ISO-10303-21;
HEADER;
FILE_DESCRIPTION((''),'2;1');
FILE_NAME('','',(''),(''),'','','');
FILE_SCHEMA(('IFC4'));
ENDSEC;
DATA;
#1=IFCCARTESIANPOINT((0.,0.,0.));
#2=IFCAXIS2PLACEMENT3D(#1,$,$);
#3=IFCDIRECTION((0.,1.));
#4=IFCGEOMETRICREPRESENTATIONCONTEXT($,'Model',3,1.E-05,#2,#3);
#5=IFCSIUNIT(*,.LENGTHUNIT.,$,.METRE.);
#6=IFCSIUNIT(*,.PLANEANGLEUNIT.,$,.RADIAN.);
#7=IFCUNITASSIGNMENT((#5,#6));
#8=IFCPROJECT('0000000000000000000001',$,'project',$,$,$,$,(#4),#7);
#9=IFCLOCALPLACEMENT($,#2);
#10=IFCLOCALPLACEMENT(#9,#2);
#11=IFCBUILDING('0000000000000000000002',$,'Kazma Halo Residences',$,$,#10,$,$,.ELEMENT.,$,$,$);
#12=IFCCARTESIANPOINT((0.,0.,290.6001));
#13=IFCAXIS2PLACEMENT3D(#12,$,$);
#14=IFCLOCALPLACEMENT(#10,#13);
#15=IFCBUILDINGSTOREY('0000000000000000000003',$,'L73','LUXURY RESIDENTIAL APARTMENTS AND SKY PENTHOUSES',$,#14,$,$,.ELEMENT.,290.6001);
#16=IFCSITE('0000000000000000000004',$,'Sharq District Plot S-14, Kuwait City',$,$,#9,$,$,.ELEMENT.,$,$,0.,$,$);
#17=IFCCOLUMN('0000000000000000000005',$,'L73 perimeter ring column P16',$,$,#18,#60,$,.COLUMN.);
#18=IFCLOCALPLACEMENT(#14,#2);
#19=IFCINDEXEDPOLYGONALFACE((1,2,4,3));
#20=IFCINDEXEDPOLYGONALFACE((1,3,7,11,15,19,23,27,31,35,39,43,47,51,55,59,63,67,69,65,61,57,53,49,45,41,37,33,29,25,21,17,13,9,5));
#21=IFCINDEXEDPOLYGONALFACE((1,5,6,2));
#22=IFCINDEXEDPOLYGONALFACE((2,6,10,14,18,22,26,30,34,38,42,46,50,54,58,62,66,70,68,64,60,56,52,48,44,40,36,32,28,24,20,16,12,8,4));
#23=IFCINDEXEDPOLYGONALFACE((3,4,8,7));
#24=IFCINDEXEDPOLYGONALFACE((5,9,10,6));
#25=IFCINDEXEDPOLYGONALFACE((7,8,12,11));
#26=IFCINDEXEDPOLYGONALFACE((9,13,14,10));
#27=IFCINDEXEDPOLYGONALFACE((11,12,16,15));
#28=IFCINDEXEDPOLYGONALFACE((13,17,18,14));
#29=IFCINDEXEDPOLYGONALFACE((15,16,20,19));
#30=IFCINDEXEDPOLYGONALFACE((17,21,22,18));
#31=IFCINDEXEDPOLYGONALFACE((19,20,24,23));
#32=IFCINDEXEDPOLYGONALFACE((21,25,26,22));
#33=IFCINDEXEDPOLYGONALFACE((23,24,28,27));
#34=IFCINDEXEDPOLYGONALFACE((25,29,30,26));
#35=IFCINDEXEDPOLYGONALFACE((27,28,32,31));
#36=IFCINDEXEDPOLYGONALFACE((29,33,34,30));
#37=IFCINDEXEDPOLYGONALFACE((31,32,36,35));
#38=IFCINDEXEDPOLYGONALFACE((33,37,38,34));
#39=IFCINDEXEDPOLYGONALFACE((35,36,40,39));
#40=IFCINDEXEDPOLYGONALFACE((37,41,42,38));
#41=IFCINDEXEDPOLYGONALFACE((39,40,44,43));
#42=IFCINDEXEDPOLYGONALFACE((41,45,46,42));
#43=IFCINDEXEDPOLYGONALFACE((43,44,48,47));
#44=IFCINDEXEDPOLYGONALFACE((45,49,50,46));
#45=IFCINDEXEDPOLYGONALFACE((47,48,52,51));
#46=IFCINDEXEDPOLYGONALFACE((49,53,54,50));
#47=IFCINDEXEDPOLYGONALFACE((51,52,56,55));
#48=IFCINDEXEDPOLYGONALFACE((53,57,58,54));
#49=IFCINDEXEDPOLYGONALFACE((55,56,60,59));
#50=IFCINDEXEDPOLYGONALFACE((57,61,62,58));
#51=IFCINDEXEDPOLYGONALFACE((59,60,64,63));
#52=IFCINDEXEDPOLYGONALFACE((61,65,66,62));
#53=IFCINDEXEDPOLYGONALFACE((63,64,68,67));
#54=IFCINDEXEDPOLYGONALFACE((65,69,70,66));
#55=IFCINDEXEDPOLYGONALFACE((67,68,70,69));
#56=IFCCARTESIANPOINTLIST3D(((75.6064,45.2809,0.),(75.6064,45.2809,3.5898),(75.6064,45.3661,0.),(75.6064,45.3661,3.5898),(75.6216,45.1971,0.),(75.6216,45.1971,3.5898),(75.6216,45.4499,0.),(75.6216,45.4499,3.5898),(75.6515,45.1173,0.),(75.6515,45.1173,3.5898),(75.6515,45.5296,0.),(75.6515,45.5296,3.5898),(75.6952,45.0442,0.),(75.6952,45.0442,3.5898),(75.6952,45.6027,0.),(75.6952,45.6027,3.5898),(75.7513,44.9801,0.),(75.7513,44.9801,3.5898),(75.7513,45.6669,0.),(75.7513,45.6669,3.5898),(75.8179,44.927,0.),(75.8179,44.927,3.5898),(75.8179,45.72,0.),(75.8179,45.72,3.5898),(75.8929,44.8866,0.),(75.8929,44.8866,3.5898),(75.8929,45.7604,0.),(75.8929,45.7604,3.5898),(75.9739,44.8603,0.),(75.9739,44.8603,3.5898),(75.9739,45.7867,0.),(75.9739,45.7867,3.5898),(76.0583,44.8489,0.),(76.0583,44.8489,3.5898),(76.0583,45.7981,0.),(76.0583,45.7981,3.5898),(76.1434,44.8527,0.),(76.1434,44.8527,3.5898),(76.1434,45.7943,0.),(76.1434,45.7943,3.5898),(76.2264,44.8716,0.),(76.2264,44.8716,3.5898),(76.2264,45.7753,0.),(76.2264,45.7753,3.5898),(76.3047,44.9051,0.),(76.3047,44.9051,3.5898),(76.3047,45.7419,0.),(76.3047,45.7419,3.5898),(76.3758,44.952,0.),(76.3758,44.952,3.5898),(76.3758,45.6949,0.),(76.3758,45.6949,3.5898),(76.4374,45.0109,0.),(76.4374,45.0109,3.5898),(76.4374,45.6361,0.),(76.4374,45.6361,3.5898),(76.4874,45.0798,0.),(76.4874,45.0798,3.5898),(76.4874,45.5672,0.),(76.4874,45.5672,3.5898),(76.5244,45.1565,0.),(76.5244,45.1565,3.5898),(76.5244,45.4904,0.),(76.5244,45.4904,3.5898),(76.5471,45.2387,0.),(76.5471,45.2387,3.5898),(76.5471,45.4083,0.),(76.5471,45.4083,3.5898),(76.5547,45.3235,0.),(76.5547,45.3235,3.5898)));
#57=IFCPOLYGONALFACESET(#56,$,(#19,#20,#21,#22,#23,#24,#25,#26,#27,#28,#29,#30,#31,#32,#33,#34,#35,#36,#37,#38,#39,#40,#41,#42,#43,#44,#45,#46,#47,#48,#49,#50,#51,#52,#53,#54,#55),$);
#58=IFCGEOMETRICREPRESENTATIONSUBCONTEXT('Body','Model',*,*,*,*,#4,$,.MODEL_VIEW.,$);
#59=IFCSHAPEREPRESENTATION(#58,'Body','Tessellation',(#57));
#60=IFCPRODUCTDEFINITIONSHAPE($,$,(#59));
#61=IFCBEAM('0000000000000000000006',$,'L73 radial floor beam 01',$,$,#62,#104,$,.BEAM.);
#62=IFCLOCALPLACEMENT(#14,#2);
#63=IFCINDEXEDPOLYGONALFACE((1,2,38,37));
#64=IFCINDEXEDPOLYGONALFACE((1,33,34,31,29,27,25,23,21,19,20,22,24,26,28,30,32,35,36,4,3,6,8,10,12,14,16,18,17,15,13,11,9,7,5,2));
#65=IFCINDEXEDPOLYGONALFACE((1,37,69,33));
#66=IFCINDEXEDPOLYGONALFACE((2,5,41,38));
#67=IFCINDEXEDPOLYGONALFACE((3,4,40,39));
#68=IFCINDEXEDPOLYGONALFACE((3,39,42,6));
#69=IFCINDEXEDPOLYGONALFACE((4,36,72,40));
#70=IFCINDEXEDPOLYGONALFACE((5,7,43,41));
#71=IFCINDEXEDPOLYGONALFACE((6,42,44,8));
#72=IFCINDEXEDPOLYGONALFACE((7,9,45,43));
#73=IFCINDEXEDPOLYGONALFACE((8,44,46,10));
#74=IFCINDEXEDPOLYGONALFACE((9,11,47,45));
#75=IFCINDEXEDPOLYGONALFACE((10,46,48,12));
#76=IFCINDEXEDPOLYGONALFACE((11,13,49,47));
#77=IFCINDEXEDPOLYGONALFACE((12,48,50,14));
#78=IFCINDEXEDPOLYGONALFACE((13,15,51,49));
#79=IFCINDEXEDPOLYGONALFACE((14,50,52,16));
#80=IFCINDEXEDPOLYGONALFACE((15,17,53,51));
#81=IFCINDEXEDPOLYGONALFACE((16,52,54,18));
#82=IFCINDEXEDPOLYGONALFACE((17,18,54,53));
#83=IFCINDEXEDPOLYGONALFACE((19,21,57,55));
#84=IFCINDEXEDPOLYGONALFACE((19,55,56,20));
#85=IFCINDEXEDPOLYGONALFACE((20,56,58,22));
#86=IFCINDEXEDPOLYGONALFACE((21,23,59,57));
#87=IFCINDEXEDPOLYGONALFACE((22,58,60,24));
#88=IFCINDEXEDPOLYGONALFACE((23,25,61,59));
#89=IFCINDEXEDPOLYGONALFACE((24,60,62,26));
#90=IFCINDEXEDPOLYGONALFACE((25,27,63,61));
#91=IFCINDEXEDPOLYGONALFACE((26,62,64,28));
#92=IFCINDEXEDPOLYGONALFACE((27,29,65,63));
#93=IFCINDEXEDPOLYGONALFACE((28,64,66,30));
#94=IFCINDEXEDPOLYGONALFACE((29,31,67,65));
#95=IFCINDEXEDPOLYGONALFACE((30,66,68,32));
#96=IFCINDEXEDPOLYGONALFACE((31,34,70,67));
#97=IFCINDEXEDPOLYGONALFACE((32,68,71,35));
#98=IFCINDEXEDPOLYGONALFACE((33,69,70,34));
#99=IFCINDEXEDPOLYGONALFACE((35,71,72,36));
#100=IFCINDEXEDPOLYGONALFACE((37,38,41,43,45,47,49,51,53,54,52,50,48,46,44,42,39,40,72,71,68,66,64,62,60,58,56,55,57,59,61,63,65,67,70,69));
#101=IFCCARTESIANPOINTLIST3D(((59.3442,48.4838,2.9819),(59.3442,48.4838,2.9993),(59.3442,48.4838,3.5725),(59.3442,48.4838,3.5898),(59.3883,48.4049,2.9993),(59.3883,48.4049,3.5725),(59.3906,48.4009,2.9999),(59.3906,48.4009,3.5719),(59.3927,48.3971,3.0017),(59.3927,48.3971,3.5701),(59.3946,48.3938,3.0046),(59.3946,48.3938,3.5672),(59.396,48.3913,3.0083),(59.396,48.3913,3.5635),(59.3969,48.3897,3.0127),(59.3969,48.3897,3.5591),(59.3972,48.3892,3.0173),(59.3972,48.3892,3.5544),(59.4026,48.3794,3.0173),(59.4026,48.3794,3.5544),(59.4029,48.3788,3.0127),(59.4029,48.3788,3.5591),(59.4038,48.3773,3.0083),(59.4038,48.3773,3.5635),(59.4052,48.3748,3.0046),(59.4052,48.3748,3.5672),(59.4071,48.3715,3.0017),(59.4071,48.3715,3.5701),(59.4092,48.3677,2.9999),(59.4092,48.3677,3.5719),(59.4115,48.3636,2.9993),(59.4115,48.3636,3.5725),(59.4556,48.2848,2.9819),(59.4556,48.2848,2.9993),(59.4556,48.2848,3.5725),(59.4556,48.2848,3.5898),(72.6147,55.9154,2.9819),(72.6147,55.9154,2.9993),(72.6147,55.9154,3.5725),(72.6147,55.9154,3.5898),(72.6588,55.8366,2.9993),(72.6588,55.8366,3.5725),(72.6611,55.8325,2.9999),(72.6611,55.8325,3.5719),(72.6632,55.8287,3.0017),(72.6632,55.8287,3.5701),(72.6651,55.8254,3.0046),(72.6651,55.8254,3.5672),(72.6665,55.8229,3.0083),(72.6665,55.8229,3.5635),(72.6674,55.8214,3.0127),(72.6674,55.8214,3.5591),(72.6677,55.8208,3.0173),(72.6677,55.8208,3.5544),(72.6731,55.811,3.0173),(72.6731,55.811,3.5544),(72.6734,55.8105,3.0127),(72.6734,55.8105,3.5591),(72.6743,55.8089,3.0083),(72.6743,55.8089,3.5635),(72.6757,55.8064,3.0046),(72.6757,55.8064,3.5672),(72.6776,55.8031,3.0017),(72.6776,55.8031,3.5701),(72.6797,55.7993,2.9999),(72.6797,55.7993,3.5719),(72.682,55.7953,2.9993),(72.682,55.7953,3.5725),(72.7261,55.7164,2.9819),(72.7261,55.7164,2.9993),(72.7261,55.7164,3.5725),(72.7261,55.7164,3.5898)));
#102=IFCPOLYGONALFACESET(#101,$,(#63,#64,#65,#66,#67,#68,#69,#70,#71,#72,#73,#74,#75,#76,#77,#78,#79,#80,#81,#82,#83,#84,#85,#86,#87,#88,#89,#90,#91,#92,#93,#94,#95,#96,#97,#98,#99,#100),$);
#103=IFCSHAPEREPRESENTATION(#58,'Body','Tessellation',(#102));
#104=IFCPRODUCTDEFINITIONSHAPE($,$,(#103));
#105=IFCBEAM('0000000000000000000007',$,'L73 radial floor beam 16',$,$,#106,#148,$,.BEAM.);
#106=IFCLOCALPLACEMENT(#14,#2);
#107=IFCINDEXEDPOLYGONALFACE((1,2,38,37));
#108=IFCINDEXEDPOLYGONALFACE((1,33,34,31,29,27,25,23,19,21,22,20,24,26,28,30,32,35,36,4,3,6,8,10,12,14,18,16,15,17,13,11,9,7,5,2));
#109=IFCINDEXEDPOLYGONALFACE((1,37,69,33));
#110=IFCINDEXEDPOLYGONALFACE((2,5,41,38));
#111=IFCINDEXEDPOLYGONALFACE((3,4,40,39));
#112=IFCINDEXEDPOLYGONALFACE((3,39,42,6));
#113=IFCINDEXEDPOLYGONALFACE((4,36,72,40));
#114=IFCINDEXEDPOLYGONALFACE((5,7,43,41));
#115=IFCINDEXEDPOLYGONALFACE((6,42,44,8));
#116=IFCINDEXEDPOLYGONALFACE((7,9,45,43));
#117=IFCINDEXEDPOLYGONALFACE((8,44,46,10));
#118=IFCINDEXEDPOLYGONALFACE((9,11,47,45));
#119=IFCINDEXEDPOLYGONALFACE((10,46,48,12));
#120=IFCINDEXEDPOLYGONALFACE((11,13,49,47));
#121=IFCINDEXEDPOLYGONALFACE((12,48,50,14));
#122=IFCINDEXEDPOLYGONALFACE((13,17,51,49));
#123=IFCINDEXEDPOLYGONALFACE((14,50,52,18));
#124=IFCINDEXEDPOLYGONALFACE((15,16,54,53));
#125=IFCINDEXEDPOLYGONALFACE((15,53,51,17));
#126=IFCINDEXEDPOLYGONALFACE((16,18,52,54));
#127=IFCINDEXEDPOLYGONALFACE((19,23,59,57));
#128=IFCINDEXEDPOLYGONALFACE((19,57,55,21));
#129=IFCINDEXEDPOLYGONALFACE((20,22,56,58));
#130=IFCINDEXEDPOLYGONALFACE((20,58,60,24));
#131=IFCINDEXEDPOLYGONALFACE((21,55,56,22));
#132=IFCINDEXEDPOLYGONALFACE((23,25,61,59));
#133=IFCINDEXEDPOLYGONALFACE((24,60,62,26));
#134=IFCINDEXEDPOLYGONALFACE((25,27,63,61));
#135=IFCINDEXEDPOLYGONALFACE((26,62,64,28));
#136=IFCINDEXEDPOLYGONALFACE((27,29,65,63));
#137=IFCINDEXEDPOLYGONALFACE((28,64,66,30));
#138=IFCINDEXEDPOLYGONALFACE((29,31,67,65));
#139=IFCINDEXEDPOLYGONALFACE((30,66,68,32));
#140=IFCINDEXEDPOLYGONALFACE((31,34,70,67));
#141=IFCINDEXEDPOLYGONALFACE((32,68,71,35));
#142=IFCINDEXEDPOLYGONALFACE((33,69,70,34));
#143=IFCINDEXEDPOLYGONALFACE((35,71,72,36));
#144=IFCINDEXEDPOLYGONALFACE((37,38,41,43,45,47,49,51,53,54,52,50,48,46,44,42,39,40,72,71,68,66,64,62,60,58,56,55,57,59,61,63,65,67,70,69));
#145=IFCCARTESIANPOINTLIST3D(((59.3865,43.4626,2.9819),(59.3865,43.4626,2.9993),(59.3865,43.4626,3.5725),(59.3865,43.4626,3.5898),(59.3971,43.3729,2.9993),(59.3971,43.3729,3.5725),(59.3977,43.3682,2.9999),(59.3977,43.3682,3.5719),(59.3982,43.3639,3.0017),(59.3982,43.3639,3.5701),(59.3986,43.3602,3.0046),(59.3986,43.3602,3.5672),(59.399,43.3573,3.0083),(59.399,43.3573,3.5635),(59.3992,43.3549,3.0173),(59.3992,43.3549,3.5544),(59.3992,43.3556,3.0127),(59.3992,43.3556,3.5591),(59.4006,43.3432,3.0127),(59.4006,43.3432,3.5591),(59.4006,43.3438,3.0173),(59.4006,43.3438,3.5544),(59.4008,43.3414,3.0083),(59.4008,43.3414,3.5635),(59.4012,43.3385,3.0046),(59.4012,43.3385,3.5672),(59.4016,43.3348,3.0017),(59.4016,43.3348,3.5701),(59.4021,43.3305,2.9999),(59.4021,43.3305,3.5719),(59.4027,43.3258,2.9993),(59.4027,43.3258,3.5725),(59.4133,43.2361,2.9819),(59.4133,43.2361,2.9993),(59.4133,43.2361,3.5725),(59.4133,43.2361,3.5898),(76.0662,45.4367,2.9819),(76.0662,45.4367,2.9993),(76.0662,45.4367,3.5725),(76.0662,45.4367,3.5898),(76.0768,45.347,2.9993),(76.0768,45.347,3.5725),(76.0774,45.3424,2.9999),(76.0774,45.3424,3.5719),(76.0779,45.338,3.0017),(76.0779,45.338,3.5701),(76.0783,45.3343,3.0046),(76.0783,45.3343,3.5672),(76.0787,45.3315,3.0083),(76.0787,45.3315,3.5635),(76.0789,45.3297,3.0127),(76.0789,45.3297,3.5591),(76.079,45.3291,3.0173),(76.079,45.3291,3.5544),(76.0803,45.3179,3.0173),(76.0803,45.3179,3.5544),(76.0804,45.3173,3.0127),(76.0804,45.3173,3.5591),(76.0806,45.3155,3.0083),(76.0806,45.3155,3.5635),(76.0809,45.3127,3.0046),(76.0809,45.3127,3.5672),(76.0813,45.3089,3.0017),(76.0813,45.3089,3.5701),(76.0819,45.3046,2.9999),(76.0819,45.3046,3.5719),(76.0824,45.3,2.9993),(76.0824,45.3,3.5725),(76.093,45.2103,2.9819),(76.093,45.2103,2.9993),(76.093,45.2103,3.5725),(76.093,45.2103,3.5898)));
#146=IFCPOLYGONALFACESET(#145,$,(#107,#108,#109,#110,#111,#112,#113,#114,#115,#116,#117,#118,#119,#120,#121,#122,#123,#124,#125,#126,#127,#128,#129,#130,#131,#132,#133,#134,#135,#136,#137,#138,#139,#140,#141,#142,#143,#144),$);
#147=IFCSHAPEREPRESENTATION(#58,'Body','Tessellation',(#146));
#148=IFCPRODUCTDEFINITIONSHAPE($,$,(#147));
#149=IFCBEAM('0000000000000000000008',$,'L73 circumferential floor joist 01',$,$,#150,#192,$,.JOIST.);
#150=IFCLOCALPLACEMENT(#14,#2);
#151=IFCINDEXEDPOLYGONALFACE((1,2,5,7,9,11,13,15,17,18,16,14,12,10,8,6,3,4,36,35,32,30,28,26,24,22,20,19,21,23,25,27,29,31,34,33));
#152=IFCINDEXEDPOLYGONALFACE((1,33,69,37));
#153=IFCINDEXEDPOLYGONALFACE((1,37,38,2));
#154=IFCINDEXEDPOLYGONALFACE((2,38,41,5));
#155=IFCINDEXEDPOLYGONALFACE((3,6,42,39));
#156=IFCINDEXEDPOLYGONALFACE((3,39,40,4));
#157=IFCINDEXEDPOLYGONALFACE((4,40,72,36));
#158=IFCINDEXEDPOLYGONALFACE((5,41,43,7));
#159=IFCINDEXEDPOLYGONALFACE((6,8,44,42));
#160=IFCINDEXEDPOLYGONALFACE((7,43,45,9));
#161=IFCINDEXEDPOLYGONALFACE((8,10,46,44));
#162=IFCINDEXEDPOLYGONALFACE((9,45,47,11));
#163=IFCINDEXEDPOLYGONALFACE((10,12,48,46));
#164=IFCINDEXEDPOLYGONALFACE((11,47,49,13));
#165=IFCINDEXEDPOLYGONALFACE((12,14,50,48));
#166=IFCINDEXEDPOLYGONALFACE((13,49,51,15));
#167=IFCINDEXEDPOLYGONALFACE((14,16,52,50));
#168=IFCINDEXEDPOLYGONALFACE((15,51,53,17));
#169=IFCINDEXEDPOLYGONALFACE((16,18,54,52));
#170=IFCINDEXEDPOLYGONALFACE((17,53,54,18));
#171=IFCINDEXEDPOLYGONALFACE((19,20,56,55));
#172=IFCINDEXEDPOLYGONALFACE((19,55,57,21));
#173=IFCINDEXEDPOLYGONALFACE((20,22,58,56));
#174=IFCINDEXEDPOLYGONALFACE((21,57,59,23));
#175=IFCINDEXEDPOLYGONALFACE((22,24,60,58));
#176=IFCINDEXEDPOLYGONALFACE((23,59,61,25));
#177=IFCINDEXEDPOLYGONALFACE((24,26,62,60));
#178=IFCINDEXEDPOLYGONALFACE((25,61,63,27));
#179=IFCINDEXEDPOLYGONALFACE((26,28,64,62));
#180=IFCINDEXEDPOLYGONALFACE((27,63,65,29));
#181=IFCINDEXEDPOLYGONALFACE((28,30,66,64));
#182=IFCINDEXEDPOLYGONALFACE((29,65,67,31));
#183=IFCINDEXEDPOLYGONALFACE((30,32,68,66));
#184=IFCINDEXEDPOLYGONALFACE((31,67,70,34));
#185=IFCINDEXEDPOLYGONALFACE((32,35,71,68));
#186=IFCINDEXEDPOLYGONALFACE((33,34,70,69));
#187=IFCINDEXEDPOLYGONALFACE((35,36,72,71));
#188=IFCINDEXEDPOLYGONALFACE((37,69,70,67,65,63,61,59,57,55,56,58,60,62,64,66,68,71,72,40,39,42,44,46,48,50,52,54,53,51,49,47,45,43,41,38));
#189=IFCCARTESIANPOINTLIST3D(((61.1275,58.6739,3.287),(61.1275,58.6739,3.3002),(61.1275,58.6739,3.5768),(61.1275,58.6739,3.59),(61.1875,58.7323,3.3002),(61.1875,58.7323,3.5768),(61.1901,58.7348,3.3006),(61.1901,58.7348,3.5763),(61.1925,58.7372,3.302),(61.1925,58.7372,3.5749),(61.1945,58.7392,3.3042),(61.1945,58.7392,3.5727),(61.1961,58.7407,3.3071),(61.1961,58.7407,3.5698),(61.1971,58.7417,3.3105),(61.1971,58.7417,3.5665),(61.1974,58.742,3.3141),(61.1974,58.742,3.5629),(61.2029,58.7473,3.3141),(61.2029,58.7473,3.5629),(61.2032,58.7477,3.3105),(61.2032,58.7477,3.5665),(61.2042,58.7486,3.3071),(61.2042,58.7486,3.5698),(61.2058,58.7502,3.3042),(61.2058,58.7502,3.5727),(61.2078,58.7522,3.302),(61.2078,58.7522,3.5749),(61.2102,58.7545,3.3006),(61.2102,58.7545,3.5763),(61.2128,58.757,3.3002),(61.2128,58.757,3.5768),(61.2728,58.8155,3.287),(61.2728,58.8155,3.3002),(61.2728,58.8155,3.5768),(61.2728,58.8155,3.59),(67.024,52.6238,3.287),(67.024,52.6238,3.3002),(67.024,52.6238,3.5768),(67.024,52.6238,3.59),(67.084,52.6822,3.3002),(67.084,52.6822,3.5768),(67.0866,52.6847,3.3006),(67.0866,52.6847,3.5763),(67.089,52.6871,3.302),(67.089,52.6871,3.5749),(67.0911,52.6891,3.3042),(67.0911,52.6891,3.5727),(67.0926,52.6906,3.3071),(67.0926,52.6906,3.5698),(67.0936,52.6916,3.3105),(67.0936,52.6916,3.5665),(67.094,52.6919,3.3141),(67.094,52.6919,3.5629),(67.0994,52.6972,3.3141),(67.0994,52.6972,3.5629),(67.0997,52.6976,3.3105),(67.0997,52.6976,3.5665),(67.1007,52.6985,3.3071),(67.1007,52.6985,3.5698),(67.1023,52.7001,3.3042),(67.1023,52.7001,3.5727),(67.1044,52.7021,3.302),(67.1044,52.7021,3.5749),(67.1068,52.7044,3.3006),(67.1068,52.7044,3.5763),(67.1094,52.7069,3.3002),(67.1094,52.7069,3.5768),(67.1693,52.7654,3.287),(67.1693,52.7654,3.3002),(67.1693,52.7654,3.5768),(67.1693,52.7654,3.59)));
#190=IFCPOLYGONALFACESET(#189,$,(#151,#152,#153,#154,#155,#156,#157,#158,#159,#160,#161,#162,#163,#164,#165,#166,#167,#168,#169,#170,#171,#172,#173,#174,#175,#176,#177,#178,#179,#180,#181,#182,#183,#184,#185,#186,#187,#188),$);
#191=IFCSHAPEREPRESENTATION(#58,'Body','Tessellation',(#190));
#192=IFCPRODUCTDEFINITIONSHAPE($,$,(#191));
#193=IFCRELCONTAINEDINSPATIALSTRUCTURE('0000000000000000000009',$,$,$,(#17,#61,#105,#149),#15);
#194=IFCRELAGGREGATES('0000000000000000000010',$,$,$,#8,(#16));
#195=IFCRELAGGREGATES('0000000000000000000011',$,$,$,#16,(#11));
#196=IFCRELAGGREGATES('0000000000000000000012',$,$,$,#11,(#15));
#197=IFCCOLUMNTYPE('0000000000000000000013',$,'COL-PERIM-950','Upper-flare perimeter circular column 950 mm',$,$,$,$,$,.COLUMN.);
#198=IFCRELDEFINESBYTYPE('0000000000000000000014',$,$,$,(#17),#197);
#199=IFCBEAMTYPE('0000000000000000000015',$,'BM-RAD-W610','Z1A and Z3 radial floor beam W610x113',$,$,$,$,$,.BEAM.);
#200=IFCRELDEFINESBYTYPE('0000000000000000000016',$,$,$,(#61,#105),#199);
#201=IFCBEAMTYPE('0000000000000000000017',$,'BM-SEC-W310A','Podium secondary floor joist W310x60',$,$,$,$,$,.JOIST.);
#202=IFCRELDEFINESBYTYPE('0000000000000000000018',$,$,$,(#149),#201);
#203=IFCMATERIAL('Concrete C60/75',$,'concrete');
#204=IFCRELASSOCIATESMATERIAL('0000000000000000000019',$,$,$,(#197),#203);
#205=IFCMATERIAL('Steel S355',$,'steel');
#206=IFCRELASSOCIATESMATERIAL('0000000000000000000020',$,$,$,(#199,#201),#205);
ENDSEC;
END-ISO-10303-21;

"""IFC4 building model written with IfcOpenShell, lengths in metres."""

from ifc_helpers import new_model, si_unit, direction, frame, origin, origin_2d, place, context, subcontext, project, spatial, circle, i_section, extrude, material, material_profile, profile_set, type_object, element, save


model = new_model("IFC4")

# Units and contexts
model_context = context("Model", 3, precision=1e-05, world=origin(), true_north=direction((0.0, 1.0)))
body_context = subcontext(model_context, "Body", "Model", "MODEL_VIEW")
ifc_project = project(units=[si_unit("LENGTHUNIT", "METRE"), si_unit("PLANEANGLEUNIT", "RADIAN")], contexts=[model_context])

# Site, building, storey
site_placement = place(None, origin())
site = spatial("IfcSite", under=ifc_project, at=site_placement, Name="Sharq District Plot S-14, Kuwait City", CompositionType="ELEMENT", RefElevation=0.0)
building_placement = place(site_placement, origin())
building = spatial("IfcBuilding", under=site, at=building_placement, Name="Kazma Halo Residences", CompositionType="ELEMENT")
storey_placement = place(building_placement, frame((0.0, 0.0, 290.6001)))
storey = spatial("IfcBuildingStorey", under=building, at=storey_placement, Name="L73", Description="LUXURY RESIDENTIAL APARTMENTS AND SKY PENTHOUSES", CompositionType="ELEMENT", Elevation=290.6001)

# Column
ifc_material_1 = material(Name="Concrete C60/75", Category="concrete")
ifc_material_profile_1 = material_profile(ifc_material_1, circle(Radius=0.4751, at=origin_2d()), Name="CIRC950")
ifc_profile_set_1 = profile_set([ifc_material_profile_1], Name="Concrete C60/75")
column_type = type_object("IfcColumnType", Name="COL-PERIM-950", Description="Upper-flare perimeter circular column 950 mm", PredefinedType="COLUMN", material=ifc_profile_set_1)
column_placement = place(storey_placement, frame((76.0796, 45.3235, 0.0), z_axis=(0.0, 0.0, 1.0), x_axis=(1.0, 0.0, 0.0)))
element("IfcColumn", 1, at=column_placement, inside=storey, type_object=column_type, Name="L73 perimeter ring column P16", PredefinedType="COLUMN", context=body_context, shape_type="SweptSolid", body=[
    extrude(circle(Radius=0.4751, at=origin_2d()), origin(), (0.0, 0.0, 1.0), 3.5898),
])

# Beams
ifc_material_2 = material(Name="Steel S355", Category="steel")
ifc_material_profile_2 = material_profile(ifc_material_2, i_section(OverallWidth=0.228, OverallDepth=0.6079, WebThickness=0.0112, FlangeThickness=0.0173, FilletRadius=0.0181, at=origin_2d()), Name="W610x113")
ifc_profile_set_2 = profile_set([ifc_material_profile_2], Name="Steel S355")
beam_type_1 = type_object("IfcBeamType", Name="BM-RAD-W610", Description="Z1A and Z3 radial floor beam W610x113", PredefinedType="BEAM", material=ifc_profile_set_2)
beam_1_placement = place(storey_placement, frame((59.3999, 48.3843, 3.2859), z_axis=(0.872502, 0.488611, 0.0), x_axis=(-0.488611, 0.872502, 0.0)))
element("IfcBeam", 2, at=beam_1_placement, inside=storey, type_object=beam_type_1, Name="L73 radial floor beam 01", PredefinedType="BEAM", context=body_context, shape_type="SweptSolid", body=[
    extrude(i_section(OverallWidth=0.228, OverallDepth=0.6079, WebThickness=0.0112, FlangeThickness=0.0173, FilletRadius=0.0181, at=origin_2d()), origin(), (0.0, 0.0, 1.0), 15.2097),
])
beam_2_placement = place(storey_placement, frame((59.3999, 43.3494, 3.2859), z_axis=(0.993069, 0.117534, 0.0), x_axis=(-0.117534, 0.993069, 0.0)))
element("IfcBeam", 3, at=beam_2_placement, inside=storey, type_object=beam_type_1, Name="L73 radial floor beam 16", PredefinedType="BEAM", context=body_context, shape_type="SweptSolid", body=[
    extrude(i_section(OverallWidth=0.228, OverallDepth=0.6079, WebThickness=0.0112, FlangeThickness=0.0173, FilletRadius=0.0181, at=origin_2d()), origin(), (0.0, 0.0, 1.0), 16.7961),
])
ifc_material_profile_3 = material_profile(ifc_material_2, i_section(OverallWidth=0.2029, OverallDepth=0.303, WebThickness=0.0076, FlangeThickness=0.0132, FilletRadius=0.0139, at=origin_2d()), Name="W310x60")
ifc_profile_set_3 = profile_set([ifc_material_profile_3], Name="Steel S355")
beam_type_2 = type_object("IfcBeamType", Name="BM-SEC-W310A", Description="Podium secondary floor joist W310x60", PredefinedType="JOIST", material=ifc_profile_set_3)
beam_3_placement = place(storey_placement, frame((67.0967, 52.6946, 3.4385), z_axis=(-0.69796, 0.716137, 0.0), x_axis=(-0.716137, -0.69796, 0.0)))
element("IfcBeam", 4, at=beam_3_placement, inside=storey, type_object=beam_type_2, Name="L73 circumferential floor joist 01", PredefinedType="JOIST", context=body_context, shape_type="SweptSolid", body=[
    extrude(i_section(OverallWidth=0.2029, OverallDepth=0.303, WebThickness=0.0076, FlangeThickness=0.0132, FilletRadius=0.0139, at=origin_2d()), origin(), (0.0, 0.0, 1.0), 8.4482),
])

save(model, "model.ifc")
